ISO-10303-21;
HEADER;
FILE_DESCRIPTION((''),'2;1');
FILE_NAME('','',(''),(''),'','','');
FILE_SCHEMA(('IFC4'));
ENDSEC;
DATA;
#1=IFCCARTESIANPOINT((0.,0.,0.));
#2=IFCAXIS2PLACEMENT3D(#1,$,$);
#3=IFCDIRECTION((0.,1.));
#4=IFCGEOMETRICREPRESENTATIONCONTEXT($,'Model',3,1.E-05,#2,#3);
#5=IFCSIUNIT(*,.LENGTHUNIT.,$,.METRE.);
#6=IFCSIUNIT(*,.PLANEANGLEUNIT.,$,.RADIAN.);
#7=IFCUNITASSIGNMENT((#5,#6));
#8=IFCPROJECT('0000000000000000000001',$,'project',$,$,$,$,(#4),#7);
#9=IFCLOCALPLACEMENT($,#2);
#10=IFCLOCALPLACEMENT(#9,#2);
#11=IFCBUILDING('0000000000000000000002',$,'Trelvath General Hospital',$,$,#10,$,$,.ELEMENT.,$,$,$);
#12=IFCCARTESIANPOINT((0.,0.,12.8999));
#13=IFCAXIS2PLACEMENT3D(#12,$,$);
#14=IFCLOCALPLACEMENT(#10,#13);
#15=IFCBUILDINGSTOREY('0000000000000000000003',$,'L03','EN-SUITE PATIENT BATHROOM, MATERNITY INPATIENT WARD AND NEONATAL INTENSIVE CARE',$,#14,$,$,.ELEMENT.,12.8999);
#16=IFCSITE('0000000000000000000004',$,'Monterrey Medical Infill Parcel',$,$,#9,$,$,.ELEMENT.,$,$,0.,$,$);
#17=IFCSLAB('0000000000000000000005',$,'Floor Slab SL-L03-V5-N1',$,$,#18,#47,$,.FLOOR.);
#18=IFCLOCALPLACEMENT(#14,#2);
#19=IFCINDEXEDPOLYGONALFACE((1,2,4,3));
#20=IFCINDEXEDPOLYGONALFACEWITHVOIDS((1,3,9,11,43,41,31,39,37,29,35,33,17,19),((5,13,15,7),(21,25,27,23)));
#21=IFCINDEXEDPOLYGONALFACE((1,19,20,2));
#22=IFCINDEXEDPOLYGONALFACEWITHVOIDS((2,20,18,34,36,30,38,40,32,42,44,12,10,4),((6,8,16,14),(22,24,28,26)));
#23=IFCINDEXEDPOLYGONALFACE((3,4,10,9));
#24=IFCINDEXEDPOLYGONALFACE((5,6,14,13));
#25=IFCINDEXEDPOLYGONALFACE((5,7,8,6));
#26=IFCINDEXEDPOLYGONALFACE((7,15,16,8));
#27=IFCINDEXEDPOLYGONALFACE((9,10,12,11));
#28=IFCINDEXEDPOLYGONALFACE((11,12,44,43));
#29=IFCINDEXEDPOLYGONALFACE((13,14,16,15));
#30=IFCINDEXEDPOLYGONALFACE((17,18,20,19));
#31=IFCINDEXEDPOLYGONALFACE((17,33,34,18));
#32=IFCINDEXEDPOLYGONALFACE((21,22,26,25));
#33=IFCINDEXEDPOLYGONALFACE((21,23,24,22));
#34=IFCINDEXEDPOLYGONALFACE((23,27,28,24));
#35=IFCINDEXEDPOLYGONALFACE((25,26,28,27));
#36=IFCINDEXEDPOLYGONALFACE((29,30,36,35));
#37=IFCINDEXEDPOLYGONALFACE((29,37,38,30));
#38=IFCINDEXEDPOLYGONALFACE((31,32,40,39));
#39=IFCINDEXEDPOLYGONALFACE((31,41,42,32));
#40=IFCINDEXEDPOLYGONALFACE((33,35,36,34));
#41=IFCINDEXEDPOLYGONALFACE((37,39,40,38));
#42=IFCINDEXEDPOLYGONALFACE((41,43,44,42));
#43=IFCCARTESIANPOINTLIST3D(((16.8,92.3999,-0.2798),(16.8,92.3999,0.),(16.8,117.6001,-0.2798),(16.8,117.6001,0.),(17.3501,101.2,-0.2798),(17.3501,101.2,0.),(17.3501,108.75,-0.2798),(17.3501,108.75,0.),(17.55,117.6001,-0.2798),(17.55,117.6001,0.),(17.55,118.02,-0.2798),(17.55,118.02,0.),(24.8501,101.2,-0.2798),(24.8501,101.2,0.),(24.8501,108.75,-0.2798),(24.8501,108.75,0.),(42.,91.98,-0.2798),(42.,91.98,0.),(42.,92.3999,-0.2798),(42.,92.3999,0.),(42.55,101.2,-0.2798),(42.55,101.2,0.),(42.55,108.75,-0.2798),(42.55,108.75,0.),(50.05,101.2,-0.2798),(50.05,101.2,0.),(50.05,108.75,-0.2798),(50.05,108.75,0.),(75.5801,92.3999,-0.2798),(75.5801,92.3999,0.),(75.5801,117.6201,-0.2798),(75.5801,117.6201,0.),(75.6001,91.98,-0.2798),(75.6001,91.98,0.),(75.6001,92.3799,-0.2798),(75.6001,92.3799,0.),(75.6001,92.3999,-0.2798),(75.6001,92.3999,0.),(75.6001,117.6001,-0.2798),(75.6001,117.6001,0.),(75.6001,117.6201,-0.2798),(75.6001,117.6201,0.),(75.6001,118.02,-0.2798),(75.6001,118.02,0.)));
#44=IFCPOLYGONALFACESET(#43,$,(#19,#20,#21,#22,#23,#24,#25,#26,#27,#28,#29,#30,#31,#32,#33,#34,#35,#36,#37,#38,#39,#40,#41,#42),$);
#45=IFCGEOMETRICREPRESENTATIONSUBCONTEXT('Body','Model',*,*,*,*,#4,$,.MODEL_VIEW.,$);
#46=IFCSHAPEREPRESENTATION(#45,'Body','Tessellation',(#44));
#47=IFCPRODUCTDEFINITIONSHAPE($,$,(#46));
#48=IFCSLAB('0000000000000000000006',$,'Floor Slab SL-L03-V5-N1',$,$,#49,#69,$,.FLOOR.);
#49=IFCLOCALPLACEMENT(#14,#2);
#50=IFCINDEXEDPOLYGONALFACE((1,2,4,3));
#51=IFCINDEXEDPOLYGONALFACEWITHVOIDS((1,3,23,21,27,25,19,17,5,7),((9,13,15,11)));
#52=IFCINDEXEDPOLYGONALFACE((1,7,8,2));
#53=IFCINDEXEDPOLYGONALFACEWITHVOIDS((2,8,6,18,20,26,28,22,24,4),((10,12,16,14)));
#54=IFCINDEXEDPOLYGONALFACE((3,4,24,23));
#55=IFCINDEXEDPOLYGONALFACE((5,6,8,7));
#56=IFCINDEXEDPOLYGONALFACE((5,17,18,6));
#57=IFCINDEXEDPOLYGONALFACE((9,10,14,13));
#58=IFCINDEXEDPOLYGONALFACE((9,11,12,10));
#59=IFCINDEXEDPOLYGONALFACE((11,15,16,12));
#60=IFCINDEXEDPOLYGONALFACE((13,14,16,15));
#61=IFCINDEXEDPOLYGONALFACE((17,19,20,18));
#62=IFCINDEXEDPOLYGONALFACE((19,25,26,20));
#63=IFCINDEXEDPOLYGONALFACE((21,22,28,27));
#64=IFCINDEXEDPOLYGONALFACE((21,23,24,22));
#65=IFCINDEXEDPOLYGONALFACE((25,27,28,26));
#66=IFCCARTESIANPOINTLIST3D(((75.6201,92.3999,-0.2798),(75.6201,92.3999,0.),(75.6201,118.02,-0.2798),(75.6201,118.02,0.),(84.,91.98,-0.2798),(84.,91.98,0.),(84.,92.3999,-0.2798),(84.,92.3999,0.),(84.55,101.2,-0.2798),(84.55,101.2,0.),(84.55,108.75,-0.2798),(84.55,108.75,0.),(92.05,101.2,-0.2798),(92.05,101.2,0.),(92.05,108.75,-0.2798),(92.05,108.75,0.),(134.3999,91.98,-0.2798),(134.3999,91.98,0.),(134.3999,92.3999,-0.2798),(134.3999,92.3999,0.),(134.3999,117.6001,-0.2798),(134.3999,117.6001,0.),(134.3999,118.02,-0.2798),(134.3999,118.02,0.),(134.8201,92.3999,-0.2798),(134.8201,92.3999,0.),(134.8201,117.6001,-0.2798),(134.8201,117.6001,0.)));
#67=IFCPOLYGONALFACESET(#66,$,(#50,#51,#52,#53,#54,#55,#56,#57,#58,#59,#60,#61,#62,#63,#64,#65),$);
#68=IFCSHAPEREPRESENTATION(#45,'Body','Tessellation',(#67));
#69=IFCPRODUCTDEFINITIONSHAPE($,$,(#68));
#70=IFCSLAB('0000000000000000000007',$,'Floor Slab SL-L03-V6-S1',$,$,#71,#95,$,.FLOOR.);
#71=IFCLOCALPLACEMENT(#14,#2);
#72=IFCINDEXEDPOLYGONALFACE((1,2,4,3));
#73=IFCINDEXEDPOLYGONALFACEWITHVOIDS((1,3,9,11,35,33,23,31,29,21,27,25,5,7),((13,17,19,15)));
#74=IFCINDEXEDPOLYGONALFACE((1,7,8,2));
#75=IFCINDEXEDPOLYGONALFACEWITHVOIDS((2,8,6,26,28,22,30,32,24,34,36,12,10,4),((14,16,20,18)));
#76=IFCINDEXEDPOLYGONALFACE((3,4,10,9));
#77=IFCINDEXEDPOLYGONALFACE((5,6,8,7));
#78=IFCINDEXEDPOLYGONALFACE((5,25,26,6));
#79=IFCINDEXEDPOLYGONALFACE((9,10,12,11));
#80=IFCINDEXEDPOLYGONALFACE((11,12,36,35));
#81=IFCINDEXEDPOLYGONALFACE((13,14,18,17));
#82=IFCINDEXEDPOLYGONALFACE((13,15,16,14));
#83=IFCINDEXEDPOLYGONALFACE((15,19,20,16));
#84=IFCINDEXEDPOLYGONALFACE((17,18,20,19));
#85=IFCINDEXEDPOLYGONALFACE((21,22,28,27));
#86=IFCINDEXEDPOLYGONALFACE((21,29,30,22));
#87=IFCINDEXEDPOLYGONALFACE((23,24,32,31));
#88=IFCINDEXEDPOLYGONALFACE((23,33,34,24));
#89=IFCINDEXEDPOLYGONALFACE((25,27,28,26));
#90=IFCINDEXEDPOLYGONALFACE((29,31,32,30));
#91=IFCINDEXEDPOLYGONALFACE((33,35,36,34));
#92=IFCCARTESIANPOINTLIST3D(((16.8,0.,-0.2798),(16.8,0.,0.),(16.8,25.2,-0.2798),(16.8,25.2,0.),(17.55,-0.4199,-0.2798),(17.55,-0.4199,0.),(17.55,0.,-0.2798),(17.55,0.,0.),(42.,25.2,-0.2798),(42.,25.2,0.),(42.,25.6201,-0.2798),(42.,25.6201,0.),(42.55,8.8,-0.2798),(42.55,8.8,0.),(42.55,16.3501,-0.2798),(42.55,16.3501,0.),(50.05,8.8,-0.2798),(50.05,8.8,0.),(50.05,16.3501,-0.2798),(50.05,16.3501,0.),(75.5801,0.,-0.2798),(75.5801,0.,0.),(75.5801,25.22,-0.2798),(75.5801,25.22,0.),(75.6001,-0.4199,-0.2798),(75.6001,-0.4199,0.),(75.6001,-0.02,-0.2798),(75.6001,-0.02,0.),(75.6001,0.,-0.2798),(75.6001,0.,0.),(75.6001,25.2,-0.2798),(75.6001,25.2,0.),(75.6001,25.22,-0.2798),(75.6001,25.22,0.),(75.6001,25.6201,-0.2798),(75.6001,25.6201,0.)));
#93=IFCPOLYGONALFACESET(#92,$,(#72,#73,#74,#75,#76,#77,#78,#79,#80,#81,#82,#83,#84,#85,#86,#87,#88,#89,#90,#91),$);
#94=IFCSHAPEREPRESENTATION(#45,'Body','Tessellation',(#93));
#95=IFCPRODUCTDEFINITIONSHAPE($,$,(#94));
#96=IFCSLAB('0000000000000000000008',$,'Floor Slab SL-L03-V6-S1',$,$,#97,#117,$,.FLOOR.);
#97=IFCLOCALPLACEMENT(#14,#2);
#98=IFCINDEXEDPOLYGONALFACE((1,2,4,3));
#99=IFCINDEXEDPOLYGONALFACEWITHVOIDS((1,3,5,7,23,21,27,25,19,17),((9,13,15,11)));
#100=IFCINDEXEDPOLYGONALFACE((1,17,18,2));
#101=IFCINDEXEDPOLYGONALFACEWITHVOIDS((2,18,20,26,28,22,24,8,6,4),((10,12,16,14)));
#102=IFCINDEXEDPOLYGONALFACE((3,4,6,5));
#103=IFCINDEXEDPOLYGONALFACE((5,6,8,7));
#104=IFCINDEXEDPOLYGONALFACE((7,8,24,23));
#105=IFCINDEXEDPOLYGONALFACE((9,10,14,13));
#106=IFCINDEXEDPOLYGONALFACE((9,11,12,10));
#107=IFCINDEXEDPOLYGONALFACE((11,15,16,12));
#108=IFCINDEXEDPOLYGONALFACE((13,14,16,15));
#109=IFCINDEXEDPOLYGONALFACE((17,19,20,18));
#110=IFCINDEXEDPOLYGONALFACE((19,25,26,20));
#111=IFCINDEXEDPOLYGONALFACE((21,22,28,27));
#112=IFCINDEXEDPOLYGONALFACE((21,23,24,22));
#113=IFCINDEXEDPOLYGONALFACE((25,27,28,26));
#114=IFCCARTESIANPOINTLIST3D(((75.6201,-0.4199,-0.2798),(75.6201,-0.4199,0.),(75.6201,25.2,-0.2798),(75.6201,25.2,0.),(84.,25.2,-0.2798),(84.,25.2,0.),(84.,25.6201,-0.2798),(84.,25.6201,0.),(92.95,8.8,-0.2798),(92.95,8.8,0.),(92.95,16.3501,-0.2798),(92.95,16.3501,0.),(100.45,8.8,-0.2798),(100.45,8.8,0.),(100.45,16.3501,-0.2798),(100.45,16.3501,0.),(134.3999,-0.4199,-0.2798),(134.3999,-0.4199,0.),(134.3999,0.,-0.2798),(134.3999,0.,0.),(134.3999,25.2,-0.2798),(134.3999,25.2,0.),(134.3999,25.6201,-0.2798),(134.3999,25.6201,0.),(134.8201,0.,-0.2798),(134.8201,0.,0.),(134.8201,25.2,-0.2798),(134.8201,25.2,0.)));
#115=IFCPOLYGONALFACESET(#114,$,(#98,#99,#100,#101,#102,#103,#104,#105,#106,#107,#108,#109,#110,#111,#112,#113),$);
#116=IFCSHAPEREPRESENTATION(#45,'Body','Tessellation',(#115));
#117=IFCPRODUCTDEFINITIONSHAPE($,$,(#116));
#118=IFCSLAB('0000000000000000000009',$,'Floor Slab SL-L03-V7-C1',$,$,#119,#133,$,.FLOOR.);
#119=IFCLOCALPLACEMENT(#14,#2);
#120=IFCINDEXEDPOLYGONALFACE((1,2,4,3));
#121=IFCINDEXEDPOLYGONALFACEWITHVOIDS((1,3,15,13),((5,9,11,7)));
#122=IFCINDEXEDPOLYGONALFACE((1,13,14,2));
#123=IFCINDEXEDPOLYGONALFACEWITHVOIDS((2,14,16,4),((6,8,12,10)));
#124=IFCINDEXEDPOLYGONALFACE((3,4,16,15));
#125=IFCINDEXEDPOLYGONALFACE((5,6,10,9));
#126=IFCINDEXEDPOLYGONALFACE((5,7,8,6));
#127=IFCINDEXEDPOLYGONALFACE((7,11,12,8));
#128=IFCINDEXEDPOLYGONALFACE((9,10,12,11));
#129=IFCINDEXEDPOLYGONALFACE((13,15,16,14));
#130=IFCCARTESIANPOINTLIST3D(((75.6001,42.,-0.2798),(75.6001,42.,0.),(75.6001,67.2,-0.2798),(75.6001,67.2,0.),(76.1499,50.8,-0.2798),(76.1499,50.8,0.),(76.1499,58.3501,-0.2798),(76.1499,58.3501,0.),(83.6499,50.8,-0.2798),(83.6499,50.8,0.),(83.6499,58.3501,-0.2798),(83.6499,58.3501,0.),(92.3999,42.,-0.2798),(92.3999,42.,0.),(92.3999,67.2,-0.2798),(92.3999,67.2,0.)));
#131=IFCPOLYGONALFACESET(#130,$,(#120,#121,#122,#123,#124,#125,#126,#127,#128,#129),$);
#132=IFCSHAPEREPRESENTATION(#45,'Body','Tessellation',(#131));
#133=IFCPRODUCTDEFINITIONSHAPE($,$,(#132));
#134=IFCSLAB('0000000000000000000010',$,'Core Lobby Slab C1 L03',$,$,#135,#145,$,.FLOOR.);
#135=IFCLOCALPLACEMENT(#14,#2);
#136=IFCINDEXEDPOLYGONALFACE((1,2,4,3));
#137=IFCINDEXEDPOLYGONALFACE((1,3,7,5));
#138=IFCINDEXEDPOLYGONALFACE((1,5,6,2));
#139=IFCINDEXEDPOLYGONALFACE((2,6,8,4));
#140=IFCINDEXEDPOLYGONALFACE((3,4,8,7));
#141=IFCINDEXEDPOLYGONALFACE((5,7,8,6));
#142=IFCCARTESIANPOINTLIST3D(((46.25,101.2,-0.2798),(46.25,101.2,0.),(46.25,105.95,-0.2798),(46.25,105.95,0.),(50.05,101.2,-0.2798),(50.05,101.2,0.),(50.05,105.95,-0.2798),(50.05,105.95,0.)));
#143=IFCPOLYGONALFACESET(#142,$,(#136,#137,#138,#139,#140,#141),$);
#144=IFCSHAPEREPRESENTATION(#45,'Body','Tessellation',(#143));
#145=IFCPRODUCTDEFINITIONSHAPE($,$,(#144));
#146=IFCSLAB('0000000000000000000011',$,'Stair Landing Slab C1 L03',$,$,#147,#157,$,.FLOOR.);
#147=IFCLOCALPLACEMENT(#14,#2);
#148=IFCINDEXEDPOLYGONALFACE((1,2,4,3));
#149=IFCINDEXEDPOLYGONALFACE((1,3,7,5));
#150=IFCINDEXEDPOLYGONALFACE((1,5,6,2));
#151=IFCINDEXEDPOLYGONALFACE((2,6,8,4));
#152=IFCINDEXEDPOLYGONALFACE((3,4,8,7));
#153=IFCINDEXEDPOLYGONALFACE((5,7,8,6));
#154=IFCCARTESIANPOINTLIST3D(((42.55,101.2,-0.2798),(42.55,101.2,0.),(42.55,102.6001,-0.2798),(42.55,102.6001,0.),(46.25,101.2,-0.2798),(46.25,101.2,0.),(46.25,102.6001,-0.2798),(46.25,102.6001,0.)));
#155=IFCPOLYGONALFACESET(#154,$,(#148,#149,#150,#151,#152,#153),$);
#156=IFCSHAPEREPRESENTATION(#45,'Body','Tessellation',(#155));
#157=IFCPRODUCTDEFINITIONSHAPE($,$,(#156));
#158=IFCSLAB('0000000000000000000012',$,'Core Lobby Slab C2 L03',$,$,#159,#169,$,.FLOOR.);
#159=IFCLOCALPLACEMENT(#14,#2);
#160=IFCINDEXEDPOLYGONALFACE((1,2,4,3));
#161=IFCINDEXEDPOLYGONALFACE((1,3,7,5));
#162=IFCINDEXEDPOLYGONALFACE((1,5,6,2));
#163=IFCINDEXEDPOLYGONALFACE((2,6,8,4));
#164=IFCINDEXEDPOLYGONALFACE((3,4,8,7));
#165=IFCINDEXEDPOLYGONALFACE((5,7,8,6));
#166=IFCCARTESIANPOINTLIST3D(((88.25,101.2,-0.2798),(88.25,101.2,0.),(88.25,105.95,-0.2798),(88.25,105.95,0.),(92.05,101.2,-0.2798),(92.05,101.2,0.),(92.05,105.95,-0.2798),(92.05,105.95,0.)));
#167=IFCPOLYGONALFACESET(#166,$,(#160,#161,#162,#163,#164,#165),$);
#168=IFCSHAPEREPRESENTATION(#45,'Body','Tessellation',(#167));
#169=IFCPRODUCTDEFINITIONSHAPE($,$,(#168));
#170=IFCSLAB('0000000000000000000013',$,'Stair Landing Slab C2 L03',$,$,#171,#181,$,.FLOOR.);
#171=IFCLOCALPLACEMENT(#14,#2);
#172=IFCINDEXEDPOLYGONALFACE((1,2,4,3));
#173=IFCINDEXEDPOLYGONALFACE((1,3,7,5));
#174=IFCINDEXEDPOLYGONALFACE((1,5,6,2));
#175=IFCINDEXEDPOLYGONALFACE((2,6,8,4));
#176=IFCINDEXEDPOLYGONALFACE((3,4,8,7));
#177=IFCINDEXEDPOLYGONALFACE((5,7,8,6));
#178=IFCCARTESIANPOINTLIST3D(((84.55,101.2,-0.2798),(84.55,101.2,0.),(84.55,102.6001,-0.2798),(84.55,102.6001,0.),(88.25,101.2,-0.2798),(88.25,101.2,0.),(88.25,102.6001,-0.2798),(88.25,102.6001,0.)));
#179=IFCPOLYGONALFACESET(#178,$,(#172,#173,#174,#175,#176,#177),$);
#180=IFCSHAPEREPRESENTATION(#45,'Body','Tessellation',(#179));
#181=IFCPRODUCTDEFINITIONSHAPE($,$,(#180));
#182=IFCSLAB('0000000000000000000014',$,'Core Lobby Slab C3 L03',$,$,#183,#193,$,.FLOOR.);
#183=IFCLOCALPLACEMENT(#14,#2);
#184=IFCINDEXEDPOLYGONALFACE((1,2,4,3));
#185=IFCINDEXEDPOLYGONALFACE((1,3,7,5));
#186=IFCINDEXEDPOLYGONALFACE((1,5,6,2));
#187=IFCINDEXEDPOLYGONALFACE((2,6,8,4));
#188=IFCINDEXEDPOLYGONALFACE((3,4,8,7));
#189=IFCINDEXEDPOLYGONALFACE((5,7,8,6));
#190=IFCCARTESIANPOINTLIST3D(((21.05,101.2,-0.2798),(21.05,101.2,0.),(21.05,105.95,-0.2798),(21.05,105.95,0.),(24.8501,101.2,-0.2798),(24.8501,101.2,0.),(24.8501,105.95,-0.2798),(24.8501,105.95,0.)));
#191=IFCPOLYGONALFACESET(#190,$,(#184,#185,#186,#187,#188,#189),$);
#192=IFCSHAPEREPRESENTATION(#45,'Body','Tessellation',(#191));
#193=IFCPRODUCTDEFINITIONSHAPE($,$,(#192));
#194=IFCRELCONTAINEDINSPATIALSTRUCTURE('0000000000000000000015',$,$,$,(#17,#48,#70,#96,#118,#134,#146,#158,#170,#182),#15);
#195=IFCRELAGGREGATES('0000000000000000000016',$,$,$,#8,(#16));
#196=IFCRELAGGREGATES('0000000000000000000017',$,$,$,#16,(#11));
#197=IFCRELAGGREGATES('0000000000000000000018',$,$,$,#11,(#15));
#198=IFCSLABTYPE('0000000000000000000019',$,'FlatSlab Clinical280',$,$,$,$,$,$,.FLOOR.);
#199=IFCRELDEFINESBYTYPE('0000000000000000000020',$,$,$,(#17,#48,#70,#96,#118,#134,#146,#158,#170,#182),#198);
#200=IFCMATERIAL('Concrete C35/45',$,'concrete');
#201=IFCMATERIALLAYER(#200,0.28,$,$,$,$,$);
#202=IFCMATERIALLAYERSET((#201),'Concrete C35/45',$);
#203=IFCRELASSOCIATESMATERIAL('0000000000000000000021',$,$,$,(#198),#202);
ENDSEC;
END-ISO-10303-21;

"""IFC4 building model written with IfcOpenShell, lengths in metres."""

from ifc_helpers import new_model, si_unit, direction, frame, origin, place, context, subcontext, project, spatial, polyline, outline, extrude, material, layer, layer_set, type_object, element, save


model = new_model("IFC4")

# Units and contexts
model_context = context("Model", 3, precision=1e-05, world=origin(), true_north=direction((0.0, 1.0)))
body_context = subcontext(model_context, "Body", "Model", "MODEL_VIEW")
ifc_project = project(units=[si_unit("LENGTHUNIT", "METRE"), si_unit("PLANEANGLEUNIT", "RADIAN")], contexts=[model_context])

# Site, building, storey
site_placement = place(None, origin())
site = spatial("IfcSite", under=ifc_project, at=site_placement, Name="Monterrey Medical Infill Parcel", CompositionType="ELEMENT", RefElevation=0.0)
building_placement = place(site_placement, origin())
building = spatial("IfcBuilding", under=site, at=building_placement, Name="Trelvath General Hospital", CompositionType="ELEMENT")
storey_placement = place(building_placement, frame((0.0, 0.0, 12.8999)))
storey = spatial("IfcBuildingStorey", under=building, at=storey_placement, Name="L03", Description="EN-SUITE PATIENT BATHROOM, MATERNITY INPATIENT WARD AND NEONATAL INTENSIVE CARE", CompositionType="ELEMENT", Elevation=12.8999)

# Slabs
ifc_material_1 = material(Name="Concrete C35/45", Category="concrete")
ifc_layer_1 = layer(ifc_material_1, 0.28)
ifc_layer_set_1 = layer_set([ifc_layer_1], Name="Concrete C35/45")
slab_type_1 = type_object("IfcSlabType", Name="FlatSlab Clinical280", PredefinedType="FLOOR", material=ifc_layer_set_1)
slab_1_placement = place(storey_placement, frame((0.0, 0.0, -0.2798)))
element("IfcSlab", 1, at=slab_1_placement, inside=storey, type_object=slab_type_1, Name="Floor Slab SL-L03-V5-N1", PredefinedType="FLOOR", context=body_context, shape_type="SweptSolid", body=[
    extrude(outline(polyline([(17.55, 117.6001), (17.55, 118.02), (75.6001, 118.02), (75.6001, 117.6201), (75.5801, 117.6201), (75.6001, 117.6001), (75.6001, 92.3999), (75.5801, 92.3999), (75.6001, 92.3799), (75.6001, 91.98), (42.0, 91.98), (42.0, 92.3999), (16.8, 92.3999), (16.8, 117.6001), (17.55, 117.6001)]), holes=[polyline([(17.3501, 101.2), (24.8501, 101.2), (24.8501, 108.75), (17.3501, 108.75), (17.3501, 101.2)]), polyline([(42.55, 101.2), (50.05, 101.2), (50.05, 108.75), (42.55, 108.75), (42.55, 101.2)])]), origin(), (0.0, 0.0, 1.0), 0.2798),
])
slab_2_placement = place(storey_placement, frame((0.0, 0.0, -0.2798)))
element("IfcSlab", 2, at=slab_2_placement, inside=storey, type_object=slab_type_1, Name="Floor Slab SL-L03-V5-N1", PredefinedType="FLOOR", context=body_context, shape_type="SweptSolid", body=[
    extrude(outline(polyline([(75.6201, 92.3999), (75.6201, 118.02), (134.3999, 118.02), (134.3999, 117.6001), (134.8201, 117.6001), (134.8201, 92.3999), (134.3999, 92.3999), (134.3999, 91.98), (84.0, 91.98), (84.0, 92.3999), (75.6201, 92.3999)]), holes=[polyline([(84.55, 101.2), (92.05, 101.2), (92.05, 108.75), (84.55, 108.75), (84.55, 101.2)])]), origin(), (0.0, 0.0, 1.0), 0.2798),
])
slab_3_placement = place(storey_placement, frame((0.0, 0.0, -0.2798)))
element("IfcSlab", 3, at=slab_3_placement, inside=storey, type_object=slab_type_1, Name="Floor Slab SL-L03-V6-S1", PredefinedType="FLOOR", context=body_context, shape_type="SweptSolid", body=[
    extrude(outline(polyline([(16.8, 25.2), (42.0, 25.2), (42.0, 25.6201), (75.6001, 25.6201), (75.6001, 25.22), (75.5801, 25.22), (75.6001, 25.2), (75.6001, 0.0), (75.5801, 0.0), (75.6001, -0.02), (75.6001, -0.4199), (17.55, -0.4199), (17.55, 0.0), (16.8, 0.0), (16.8, 25.2)]), holes=[polyline([(42.55, 8.8), (50.05, 8.8), (50.05, 16.3501), (42.55, 16.3501), (42.55, 8.8)])]), origin(), (0.0, 0.0, 1.0), 0.2798),
])
slab_4_placement = place(storey_placement, frame((0.0, 0.0, -0.2798)))
element("IfcSlab", 4, at=slab_4_placement, inside=storey, type_object=slab_type_1, Name="Floor Slab SL-L03-V6-S1", PredefinedType="FLOOR", context=body_context, shape_type="SweptSolid", body=[
    extrude(outline(polyline([(84.0, 25.2), (84.0, 25.6201), (134.3999, 25.6201), (134.3999, 25.2), (134.8201, 25.2), (134.8201, 0.0), (134.3999, 0.0), (134.3999, -0.4199), (75.6201, -0.4199), (75.6201, 25.2), (84.0, 25.2)]), holes=[polyline([(92.95, 8.8), (100.45, 8.8), (100.45, 16.3501), (92.95, 16.3501), (92.95, 8.8)])]), origin(), (0.0, 0.0, 1.0), 0.2798),
])
slab_5_placement = place(storey_placement, frame((0.0, 0.0, -0.2798)))
element("IfcSlab", 5, at=slab_5_placement, inside=storey, type_object=slab_type_1, Name="Floor Slab SL-L03-V7-C1", PredefinedType="FLOOR", context=body_context, shape_type="SweptSolid", body=[
    extrude(outline(polyline([(75.6001, 42.0), (75.6001, 67.2), (92.3999, 67.2), (92.3999, 42.0), (75.6001, 42.0)]), holes=[polyline([(76.1499, 50.8), (83.6499, 50.8), (83.6499, 58.3501), (76.1499, 58.3501), (76.1499, 50.8)])]), origin(), (0.0, 0.0, 1.0), 0.2798),
])
slab_6_placement = place(storey_placement, frame((0.0, 0.0, -0.2798)))
element("IfcSlab", 6, at=slab_6_placement, inside=storey, type_object=slab_type_1, Name="Core Lobby Slab C1 L03", PredefinedType="FLOOR", context=body_context, shape_type="SweptSolid", body=[
    extrude(outline(polyline([(46.25, 101.2), (50.05, 101.2), (50.05, 105.95), (46.25, 105.95), (46.25, 101.2)])), origin(), (0.0, 0.0, 1.0), 0.2798),
])
slab_7_placement = place(storey_placement, frame((0.0, 0.0, -0.2798)))
element("IfcSlab", 7, at=slab_7_placement, inside=storey, type_object=slab_type_1, Name="Stair Landing Slab C1 L03", PredefinedType="FLOOR", context=body_context, shape_type="SweptSolid", body=[
    extrude(outline(polyline([(42.55, 101.2), (46.25, 101.2), (46.25, 102.6001), (42.55, 102.6001), (42.55, 101.2)])), origin(), (0.0, 0.0, 1.0), 0.2798),
])
slab_8_placement = place(storey_placement, frame((0.0, 0.0, -0.2798)))
element("IfcSlab", 8, at=slab_8_placement, inside=storey, type_object=slab_type_1, Name="Core Lobby Slab C2 L03", PredefinedType="FLOOR", context=body_context, shape_type="SweptSolid", body=[
    extrude(outline(polyline([(88.25, 101.2), (92.05, 101.2), (92.05, 105.95), (88.25, 105.95), (88.25, 101.2)])), origin(), (0.0, 0.0, 1.0), 0.2798),
])
slab_9_placement = place(storey_placement, frame((0.0, 0.0, -0.2798)))
element("IfcSlab", 9, at=slab_9_placement, inside=storey, type_object=slab_type_1, Name="Stair Landing Slab C2 L03", PredefinedType="FLOOR", context=body_context, shape_type="SweptSolid", body=[
    extrude(outline(polyline([(84.55, 101.2), (88.25, 101.2), (88.25, 102.6001), (84.55, 102.6001), (84.55, 101.2)])), origin(), (0.0, 0.0, 1.0), 0.2798),
])
slab_10_placement = place(storey_placement, frame((0.0, 0.0, -0.2798)))
element("IfcSlab", 10, at=slab_10_placement, inside=storey, type_object=slab_type_1, Name="Core Lobby Slab C3 L03", PredefinedType="FLOOR", context=body_context, shape_type="SweptSolid", body=[
    extrude(outline(polyline([(21.05, 101.2), (24.8501, 101.2), (24.8501, 105.95), (21.05, 105.95), (21.05, 101.2)])), origin(), (0.0, 0.0, 1.0), 0.2798),
])

save(model, "model.ifc")
